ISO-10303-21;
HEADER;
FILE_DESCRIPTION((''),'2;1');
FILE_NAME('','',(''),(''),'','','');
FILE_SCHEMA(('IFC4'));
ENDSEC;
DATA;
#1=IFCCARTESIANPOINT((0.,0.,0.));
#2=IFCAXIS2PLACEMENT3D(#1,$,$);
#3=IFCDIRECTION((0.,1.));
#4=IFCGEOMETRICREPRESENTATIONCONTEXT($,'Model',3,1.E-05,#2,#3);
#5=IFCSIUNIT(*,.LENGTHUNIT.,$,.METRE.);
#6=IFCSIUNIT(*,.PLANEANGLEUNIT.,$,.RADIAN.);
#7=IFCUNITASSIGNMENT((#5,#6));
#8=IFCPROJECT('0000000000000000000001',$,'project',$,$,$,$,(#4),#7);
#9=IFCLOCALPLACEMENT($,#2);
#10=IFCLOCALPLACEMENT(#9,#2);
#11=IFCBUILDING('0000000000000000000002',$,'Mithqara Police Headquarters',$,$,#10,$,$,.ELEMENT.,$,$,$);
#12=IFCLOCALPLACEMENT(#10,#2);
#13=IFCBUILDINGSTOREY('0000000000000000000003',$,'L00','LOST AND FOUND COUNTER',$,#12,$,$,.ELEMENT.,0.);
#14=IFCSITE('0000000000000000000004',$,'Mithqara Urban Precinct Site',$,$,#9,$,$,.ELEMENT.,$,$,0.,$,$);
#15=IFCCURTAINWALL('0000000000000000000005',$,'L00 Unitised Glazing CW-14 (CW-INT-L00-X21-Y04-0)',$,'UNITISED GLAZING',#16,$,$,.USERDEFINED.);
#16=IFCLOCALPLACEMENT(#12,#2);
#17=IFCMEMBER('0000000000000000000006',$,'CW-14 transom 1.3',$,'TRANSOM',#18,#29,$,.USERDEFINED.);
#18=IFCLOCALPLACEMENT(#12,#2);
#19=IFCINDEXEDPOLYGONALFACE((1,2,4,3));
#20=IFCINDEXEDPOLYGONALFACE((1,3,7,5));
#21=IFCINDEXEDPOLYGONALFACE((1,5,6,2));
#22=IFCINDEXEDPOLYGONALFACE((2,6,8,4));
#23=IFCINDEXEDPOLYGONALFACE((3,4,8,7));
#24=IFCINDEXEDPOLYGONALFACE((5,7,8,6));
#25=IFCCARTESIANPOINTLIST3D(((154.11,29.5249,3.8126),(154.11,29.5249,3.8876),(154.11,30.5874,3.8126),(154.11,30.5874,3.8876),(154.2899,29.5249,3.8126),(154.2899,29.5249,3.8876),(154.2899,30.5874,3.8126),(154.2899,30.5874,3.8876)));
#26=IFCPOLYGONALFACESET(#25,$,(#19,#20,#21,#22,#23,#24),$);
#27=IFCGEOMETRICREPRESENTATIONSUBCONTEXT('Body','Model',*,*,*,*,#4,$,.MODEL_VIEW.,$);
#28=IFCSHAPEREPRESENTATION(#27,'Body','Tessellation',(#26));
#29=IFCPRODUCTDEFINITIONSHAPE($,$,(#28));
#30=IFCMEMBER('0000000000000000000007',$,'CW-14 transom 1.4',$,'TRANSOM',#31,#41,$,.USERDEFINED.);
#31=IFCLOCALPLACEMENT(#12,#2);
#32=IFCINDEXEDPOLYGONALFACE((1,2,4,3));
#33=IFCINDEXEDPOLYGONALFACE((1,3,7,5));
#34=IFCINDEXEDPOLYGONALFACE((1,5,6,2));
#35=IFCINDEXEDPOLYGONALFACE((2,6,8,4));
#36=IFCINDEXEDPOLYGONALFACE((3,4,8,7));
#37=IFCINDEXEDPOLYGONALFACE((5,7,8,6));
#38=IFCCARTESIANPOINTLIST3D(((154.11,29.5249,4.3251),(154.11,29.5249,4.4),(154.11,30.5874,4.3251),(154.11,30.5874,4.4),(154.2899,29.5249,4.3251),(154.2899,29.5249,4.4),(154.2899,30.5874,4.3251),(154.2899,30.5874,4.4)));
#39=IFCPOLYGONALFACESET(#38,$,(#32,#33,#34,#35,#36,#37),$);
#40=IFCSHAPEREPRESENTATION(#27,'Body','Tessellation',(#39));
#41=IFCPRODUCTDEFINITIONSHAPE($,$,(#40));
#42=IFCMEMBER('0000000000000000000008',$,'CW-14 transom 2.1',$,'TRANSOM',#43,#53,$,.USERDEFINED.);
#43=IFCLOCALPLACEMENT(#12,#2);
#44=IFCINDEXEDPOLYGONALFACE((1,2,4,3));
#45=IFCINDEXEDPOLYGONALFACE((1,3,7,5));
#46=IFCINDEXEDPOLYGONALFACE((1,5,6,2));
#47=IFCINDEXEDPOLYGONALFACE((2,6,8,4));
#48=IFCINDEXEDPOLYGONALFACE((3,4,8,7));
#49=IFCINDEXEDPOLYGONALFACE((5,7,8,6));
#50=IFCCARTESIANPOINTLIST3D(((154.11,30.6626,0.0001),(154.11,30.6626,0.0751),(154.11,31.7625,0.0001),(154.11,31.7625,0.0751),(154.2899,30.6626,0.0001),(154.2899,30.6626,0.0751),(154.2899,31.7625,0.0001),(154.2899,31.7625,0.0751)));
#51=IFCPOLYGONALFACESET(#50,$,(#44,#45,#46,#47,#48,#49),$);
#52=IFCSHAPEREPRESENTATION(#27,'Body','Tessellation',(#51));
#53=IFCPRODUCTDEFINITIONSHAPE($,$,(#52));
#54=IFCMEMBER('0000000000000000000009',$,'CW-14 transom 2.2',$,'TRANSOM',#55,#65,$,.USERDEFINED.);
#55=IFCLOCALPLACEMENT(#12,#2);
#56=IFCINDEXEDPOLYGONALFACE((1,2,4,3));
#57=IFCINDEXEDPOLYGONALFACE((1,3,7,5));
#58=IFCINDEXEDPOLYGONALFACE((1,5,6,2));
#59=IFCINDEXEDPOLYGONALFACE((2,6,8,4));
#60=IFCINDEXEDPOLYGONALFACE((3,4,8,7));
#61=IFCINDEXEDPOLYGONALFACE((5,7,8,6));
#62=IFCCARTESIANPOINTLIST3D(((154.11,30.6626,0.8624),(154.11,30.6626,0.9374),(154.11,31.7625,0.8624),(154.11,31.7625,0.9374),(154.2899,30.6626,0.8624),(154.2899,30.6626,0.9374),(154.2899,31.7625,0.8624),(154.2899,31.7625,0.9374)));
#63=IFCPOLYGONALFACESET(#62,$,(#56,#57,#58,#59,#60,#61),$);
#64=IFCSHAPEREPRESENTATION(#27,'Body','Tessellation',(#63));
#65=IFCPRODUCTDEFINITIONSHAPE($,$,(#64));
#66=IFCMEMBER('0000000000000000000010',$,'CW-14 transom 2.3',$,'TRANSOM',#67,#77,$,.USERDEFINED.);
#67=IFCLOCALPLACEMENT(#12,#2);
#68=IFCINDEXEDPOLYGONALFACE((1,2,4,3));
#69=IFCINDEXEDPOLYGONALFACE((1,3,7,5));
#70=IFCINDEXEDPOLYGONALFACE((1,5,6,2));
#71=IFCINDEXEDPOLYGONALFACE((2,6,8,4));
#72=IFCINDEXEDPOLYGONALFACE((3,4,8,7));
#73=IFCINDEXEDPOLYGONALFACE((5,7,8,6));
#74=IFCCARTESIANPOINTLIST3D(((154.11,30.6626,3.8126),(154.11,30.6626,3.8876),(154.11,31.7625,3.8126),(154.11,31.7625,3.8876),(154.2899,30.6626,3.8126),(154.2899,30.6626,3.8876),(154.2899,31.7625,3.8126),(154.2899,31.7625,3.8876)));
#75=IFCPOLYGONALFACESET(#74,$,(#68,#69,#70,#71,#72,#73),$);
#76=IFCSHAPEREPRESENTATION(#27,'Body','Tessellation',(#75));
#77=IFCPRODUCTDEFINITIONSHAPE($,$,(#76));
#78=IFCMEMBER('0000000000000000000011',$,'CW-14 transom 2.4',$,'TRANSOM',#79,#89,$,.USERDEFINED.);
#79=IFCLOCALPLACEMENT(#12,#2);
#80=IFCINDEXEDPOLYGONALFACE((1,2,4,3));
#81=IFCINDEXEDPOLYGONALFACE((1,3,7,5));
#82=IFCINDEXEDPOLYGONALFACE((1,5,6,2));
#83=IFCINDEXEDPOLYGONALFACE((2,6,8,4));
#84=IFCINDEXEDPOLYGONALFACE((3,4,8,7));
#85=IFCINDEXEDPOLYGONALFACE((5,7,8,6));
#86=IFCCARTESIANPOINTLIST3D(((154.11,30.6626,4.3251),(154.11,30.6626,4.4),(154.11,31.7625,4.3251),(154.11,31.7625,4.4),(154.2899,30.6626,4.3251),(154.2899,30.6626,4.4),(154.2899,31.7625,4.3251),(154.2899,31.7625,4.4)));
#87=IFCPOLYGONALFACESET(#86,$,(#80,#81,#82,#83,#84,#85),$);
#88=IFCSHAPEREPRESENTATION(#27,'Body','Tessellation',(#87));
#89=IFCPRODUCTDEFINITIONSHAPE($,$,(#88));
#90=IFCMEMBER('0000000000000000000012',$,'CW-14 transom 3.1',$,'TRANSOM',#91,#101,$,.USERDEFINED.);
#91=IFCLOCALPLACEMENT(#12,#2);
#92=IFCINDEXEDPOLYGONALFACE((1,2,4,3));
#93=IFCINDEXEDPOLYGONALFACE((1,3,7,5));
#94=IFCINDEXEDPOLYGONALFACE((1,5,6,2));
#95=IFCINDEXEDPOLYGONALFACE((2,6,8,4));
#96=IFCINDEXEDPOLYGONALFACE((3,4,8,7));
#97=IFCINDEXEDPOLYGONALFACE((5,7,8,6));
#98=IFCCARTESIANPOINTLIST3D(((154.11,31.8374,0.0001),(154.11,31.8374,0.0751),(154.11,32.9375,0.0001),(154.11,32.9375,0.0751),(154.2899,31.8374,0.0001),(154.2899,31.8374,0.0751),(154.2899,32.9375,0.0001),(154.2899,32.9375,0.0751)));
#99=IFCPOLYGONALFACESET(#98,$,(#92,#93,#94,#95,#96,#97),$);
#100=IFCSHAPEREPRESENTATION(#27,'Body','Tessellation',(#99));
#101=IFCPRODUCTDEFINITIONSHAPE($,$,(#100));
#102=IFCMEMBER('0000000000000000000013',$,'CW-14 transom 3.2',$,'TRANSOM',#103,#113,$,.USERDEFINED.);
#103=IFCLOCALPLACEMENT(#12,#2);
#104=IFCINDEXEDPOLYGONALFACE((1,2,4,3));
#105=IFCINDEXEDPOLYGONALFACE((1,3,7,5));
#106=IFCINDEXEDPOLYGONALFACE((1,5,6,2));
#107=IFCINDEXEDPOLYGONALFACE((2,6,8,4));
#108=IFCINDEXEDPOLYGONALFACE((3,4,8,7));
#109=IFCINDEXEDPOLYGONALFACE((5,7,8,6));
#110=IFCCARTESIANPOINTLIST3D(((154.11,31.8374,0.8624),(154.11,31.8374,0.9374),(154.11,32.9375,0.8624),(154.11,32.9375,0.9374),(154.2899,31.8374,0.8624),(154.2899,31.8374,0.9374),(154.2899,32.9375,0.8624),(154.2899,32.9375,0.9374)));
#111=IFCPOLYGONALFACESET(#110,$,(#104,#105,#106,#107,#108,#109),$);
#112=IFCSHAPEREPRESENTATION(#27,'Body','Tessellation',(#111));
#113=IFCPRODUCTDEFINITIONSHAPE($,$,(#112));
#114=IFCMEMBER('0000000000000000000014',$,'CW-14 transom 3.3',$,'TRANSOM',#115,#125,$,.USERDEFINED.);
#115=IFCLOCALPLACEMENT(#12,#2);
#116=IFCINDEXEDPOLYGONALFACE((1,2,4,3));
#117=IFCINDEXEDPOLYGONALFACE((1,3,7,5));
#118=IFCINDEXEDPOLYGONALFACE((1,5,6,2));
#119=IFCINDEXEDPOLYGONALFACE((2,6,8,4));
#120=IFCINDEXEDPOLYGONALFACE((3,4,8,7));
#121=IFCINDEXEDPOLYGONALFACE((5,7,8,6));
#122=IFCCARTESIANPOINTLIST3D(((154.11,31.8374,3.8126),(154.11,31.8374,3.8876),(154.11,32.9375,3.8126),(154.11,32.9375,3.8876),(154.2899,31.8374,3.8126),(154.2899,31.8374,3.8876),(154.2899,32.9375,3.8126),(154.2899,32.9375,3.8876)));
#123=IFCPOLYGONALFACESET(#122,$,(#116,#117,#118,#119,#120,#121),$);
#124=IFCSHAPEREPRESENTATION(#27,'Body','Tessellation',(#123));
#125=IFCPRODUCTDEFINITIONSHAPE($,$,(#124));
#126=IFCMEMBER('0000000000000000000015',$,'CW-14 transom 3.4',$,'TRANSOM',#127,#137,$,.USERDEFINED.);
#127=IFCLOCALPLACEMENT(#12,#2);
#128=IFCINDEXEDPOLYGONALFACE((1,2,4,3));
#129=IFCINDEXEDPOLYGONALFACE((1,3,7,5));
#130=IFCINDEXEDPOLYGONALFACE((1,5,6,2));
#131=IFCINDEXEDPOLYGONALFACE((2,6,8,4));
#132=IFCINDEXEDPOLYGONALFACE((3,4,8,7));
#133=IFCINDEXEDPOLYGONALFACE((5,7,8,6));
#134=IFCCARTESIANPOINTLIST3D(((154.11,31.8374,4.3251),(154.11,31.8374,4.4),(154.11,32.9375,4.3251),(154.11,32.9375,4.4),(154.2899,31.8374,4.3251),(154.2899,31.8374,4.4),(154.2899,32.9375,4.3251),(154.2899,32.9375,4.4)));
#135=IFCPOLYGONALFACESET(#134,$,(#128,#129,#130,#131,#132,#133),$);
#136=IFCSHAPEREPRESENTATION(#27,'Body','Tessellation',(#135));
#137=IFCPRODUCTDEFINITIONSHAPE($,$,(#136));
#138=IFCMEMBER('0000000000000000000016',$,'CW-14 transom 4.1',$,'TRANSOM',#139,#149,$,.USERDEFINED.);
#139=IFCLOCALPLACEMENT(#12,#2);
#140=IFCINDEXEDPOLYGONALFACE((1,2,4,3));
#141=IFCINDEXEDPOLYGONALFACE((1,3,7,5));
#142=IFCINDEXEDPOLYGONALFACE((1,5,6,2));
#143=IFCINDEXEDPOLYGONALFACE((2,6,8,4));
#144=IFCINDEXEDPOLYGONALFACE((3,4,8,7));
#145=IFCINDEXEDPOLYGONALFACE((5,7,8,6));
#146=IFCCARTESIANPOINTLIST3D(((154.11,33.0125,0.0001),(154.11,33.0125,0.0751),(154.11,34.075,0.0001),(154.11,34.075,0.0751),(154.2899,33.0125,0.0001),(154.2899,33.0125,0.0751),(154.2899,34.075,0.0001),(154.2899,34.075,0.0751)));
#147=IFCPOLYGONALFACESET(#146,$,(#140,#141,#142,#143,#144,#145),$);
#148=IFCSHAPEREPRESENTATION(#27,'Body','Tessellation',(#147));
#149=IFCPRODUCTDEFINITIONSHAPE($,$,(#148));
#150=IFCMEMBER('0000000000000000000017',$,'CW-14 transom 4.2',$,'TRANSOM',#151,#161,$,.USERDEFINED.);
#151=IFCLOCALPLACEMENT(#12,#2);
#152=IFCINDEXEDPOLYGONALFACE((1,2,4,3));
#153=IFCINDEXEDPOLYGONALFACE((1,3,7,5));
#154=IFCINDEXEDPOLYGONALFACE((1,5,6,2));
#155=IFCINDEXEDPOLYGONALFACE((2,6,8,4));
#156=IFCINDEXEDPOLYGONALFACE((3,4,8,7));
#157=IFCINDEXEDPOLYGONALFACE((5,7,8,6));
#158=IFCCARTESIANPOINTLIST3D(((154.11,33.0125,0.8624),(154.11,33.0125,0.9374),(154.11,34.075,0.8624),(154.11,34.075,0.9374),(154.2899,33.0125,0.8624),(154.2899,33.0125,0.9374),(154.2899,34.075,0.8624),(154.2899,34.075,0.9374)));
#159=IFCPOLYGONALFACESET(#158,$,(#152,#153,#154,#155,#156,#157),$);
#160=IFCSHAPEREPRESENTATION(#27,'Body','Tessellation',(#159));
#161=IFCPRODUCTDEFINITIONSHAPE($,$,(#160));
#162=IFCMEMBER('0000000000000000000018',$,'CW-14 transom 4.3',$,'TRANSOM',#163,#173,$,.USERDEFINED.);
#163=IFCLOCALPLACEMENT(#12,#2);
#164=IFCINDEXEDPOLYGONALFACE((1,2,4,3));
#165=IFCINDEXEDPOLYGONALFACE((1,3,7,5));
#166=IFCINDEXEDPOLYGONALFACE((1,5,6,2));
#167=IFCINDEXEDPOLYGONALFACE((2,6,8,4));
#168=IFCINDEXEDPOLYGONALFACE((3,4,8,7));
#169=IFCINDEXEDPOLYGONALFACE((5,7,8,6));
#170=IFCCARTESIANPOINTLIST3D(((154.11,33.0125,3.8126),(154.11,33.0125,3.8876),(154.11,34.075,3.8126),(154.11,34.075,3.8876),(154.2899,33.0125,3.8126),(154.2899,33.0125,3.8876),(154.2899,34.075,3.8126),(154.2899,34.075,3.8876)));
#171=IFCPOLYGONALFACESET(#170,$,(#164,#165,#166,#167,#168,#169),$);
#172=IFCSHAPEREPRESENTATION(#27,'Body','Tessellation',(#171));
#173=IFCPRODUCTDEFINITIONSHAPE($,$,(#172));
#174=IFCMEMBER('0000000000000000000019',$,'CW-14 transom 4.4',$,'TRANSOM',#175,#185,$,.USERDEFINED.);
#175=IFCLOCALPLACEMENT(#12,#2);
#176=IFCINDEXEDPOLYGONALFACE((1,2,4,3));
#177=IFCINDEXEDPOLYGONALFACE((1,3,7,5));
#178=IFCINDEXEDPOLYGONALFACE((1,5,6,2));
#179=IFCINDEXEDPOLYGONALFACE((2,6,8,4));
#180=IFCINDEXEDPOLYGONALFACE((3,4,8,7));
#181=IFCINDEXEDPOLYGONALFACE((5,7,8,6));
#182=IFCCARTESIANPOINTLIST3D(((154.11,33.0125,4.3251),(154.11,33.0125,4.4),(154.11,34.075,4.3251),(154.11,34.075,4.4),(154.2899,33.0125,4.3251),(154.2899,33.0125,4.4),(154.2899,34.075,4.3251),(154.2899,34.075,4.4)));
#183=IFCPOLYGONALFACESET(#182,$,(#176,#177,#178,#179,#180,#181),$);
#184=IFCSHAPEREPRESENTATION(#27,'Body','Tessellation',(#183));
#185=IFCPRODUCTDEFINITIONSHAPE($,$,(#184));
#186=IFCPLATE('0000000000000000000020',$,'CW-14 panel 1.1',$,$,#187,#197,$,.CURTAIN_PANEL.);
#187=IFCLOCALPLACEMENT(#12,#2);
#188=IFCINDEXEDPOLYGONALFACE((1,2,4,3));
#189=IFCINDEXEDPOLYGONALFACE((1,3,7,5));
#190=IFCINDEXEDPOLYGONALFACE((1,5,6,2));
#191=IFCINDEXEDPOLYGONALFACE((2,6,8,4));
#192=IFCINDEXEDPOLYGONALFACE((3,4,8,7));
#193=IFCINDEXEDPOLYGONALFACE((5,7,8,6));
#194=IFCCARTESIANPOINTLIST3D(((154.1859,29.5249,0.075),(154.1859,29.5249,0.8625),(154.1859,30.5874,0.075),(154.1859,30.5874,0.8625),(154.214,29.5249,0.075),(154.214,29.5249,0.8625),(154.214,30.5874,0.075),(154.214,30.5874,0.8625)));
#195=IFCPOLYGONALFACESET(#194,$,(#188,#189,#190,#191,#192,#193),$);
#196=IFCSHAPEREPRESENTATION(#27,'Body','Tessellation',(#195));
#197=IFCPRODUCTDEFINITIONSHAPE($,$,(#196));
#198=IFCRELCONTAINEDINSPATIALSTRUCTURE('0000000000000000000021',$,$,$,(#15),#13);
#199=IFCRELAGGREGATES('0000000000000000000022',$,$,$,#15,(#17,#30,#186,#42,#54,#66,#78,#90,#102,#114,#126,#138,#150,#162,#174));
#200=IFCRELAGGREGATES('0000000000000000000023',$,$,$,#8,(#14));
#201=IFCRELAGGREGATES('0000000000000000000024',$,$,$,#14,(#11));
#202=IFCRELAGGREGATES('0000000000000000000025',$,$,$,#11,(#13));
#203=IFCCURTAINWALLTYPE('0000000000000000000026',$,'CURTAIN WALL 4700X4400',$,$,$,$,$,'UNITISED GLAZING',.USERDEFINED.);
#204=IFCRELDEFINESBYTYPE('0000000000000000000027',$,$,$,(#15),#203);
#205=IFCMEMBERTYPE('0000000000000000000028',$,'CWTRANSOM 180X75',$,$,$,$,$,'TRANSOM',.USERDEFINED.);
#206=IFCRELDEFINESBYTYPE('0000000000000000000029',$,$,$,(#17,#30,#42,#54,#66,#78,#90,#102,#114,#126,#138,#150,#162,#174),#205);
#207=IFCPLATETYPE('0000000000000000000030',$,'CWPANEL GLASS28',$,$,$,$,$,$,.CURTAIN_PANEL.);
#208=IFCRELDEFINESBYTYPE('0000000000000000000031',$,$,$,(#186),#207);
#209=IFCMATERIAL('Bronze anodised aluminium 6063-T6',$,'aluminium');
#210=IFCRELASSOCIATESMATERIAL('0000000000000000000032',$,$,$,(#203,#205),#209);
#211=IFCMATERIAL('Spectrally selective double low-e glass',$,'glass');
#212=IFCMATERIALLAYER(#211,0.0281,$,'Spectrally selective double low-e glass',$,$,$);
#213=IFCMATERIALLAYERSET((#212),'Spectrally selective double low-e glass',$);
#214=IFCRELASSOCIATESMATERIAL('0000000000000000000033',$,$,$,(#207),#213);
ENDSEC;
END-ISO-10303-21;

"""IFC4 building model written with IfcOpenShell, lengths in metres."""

from ifc_helpers import new_model, si_unit, direction, frame, origin, origin_2d, place, context, subcontext, project, spatial, rectangle, extrude, material, layer, layer_set, material_profile, profile_set, type_object, element, aggregate, save


model = new_model("IFC4")

# Units and contexts
model_context = context("Model", 3, precision=1e-05, world=origin(), true_north=direction((0.0, 1.0)))
body_context = subcontext(model_context, "Body", "Model", "MODEL_VIEW")
ifc_project = project(units=[si_unit("LENGTHUNIT", "METRE"), si_unit("PLANEANGLEUNIT", "RADIAN")], contexts=[model_context])

# Site, building, storey
site_placement = place(None, origin())
site = spatial("IfcSite", under=ifc_project, at=site_placement, Name="Mithqara Urban Precinct Site", CompositionType="ELEMENT", RefElevation=0.0)
building_placement = place(site_placement, origin())
building = spatial("IfcBuilding", under=site, at=building_placement, Name="Mithqara Police Headquarters", CompositionType="ELEMENT")
storey_placement = place(building_placement, origin())
storey = spatial("IfcBuildingStorey", under=building, at=storey_placement, Name="L00", Description="LOST AND FOUND COUNTER", CompositionType="ELEMENT", Elevation=0.0)

# Curtain wall, members, plate
ifc_material_1 = material(Name="Bronze anodised aluminium 6063-T6", Category="aluminium")
curtain_wall_type = type_object("IfcCurtainWallType", Name="CURTAIN WALL 4700X4400", ElementType="UNITISED GLAZING", PredefinedType="USERDEFINED", material=ifc_material_1)
curtain_wall_placement = place(storey_placement, origin())
curtain_wall = element("IfcCurtainWall", 1, at=curtain_wall_placement, inside=storey, type_object=curtain_wall_type, Name="L00 Unitised Glazing CW-14 (CW-INT-L00-X21-Y04-0)", ObjectType="UNITISED GLAZING", PredefinedType="USERDEFINED")
ifc_material_profile_1 = material_profile(ifc_material_1, rectangle(XDim=0.1799, YDim=0.075, at=origin_2d()), Name="CWT 180x75")
ifc_profile_set_1 = profile_set([ifc_material_profile_1], Name="Bronze anodised aluminium 6063-T6")
member_type_1 = type_object("IfcMemberType", Name="CWTRANSOM 180X75", ElementType="TRANSOM", PredefinedType="USERDEFINED", material=ifc_profile_set_1)
member_1_placement = place(storey_placement, frame((154.2, 29.5249, 3.8501), z_axis=(0.0, 1.0, 0.0), x_axis=(-1.0, 0.0, 0.0)))
member_1 = element("IfcMember", 2, at=member_1_placement, type_object=member_type_1, Name="CW-14 transom 1.3", ObjectType="TRANSOM", PredefinedType="USERDEFINED", context=body_context, shape_type="SweptSolid", body=[
    extrude(rectangle(XDim=0.1799, YDim=0.075, at=origin_2d()), origin(), (0.0, 0.0, 1.0), 1.0625),
])
member_2_placement = place(storey_placement, frame((154.2, 29.5249, 4.3625), z_axis=(0.0, 1.0, 0.0), x_axis=(-1.0, 0.0, 0.0)))
member_2 = element("IfcMember", 3, at=member_2_placement, type_object=member_type_1, Name="CW-14 transom 1.4", ObjectType="TRANSOM", PredefinedType="USERDEFINED", context=body_context, shape_type="SweptSolid", body=[
    extrude(rectangle(XDim=0.1799, YDim=0.075, at=origin_2d()), origin(), (0.0, 0.0, 1.0), 1.0625),
])
member_3_placement = place(storey_placement, frame((154.2, 30.6626, 0.0376), z_axis=(0.0, 1.0, 0.0), x_axis=(-1.0, 0.0, 0.0)))
member_3 = element("IfcMember", 4, at=member_3_placement, type_object=member_type_1, Name="CW-14 transom 2.1", ObjectType="TRANSOM", PredefinedType="USERDEFINED", context=body_context, shape_type="SweptSolid", body=[
    extrude(rectangle(XDim=0.1799, YDim=0.075, at=origin_2d()), origin(), (0.0, 0.0, 1.0), 1.0999),
])
member_4_placement = place(storey_placement, frame((154.2, 30.6626, 0.8999), z_axis=(0.0, 1.0, 0.0), x_axis=(-1.0, 0.0, 0.0)))
member_4 = element("IfcMember", 5, at=member_4_placement, type_object=member_type_1, Name="CW-14 transom 2.2", ObjectType="TRANSOM", PredefinedType="USERDEFINED", context=body_context, shape_type="SweptSolid", body=[
    extrude(rectangle(XDim=0.1799, YDim=0.075, at=origin_2d()), origin(), (0.0, 0.0, 1.0), 1.0999),
])
member_5_placement = place(storey_placement, frame((154.2, 30.6626, 3.8501), z_axis=(0.0, 1.0, 0.0), x_axis=(-1.0, 0.0, 0.0)))
member_5 = element("IfcMember", 6, at=member_5_placement, type_object=member_type_1, Name="CW-14 transom 2.3", ObjectType="TRANSOM", PredefinedType="USERDEFINED", context=body_context, shape_type="SweptSolid", body=[
    extrude(rectangle(XDim=0.1799, YDim=0.075, at=origin_2d()), origin(), (0.0, 0.0, 1.0), 1.0999),
])
member_6_placement = place(storey_placement, frame((154.2, 30.6626, 4.3625), z_axis=(0.0, 1.0, 0.0), x_axis=(-1.0, 0.0, 0.0)))
member_6 = element("IfcMember", 7, at=member_6_placement, type_object=member_type_1, Name="CW-14 transom 2.4", ObjectType="TRANSOM", PredefinedType="USERDEFINED", context=body_context, shape_type="SweptSolid", body=[
    extrude(rectangle(XDim=0.1799, YDim=0.075, at=origin_2d()), origin(), (0.0, 0.0, 1.0), 1.0999),
])
member_7_placement = place(storey_placement, frame((154.2, 31.8374, 0.0376), z_axis=(0.0, 1.0, 0.0), x_axis=(-1.0, 0.0, 0.0)))
member_7 = element("IfcMember", 8, at=member_7_placement, type_object=member_type_1, Name="CW-14 transom 3.1", ObjectType="TRANSOM", PredefinedType="USERDEFINED", context=body_context, shape_type="SweptSolid", body=[
    extrude(rectangle(XDim=0.1799, YDim=0.075, at=origin_2d()), origin(), (0.0, 0.0, 1.0), 1.1001),
])
member_8_placement = place(storey_placement, frame((154.2, 31.8374, 0.8999), z_axis=(0.0, 1.0, 0.0), x_axis=(-1.0, 0.0, 0.0)))
member_8 = element("IfcMember", 9, at=member_8_placement, type_object=member_type_1, Name="CW-14 transom 3.2", ObjectType="TRANSOM", PredefinedType="USERDEFINED", context=body_context, shape_type="SweptSolid", body=[
    extrude(rectangle(XDim=0.1799, YDim=0.075, at=origin_2d()), origin(), (0.0, 0.0, 1.0), 1.1001),
])
member_9_placement = place(storey_placement, frame((154.2, 31.8374, 3.8501), z_axis=(0.0, 1.0, 0.0), x_axis=(-1.0, 0.0, 0.0)))
member_9 = element("IfcMember", 10, at=member_9_placement, type_object=member_type_1, Name="CW-14 transom 3.3", ObjectType="TRANSOM", PredefinedType="USERDEFINED", context=body_context, shape_type="SweptSolid", body=[
    extrude(rectangle(XDim=0.1799, YDim=0.075, at=origin_2d()), origin(), (0.0, 0.0, 1.0), 1.1001),
])
member_10_placement = place(storey_placement, frame((154.2, 31.8374, 4.3625), z_axis=(0.0, 1.0, 0.0), x_axis=(-1.0, 0.0, 0.0)))
member_10 = element("IfcMember", 11, at=member_10_placement, type_object=member_type_1, Name="CW-14 transom 3.4", ObjectType="TRANSOM", PredefinedType="USERDEFINED", context=body_context, shape_type="SweptSolid", body=[
    extrude(rectangle(XDim=0.1799, YDim=0.075, at=origin_2d()), origin(), (0.0, 0.0, 1.0), 1.1001),
])
member_11_placement = place(storey_placement, frame((154.2, 33.0125, 0.0376), z_axis=(0.0, 1.0, 0.0), x_axis=(-1.0, 0.0, 0.0)))
member_11 = element("IfcMember", 12, at=member_11_placement, type_object=member_type_1, Name="CW-14 transom 4.1", ObjectType="TRANSOM", PredefinedType="USERDEFINED", context=body_context, shape_type="SweptSolid", body=[
    extrude(rectangle(XDim=0.1799, YDim=0.075, at=origin_2d()), origin(), (0.0, 0.0, 1.0), 1.0625),
])
member_12_placement = place(storey_placement, frame((154.2, 33.0125, 0.8999), z_axis=(0.0, 1.0, 0.0), x_axis=(-1.0, 0.0, 0.0)))
member_12 = element("IfcMember", 13, at=member_12_placement, type_object=member_type_1, Name="CW-14 transom 4.2", ObjectType="TRANSOM", PredefinedType="USERDEFINED", context=body_context, shape_type="SweptSolid", body=[
    extrude(rectangle(XDim=0.1799, YDim=0.075, at=origin_2d()), origin(), (0.0, 0.0, 1.0), 1.0625),
])
member_13_placement = place(storey_placement, frame((154.2, 33.0125, 3.8501), z_axis=(0.0, 1.0, 0.0), x_axis=(-1.0, 0.0, 0.0)))
member_13 = element("IfcMember", 14, at=member_13_placement, type_object=member_type_1, Name="CW-14 transom 4.3", ObjectType="TRANSOM", PredefinedType="USERDEFINED", context=body_context, shape_type="SweptSolid", body=[
    extrude(rectangle(XDim=0.1799, YDim=0.075, at=origin_2d()), origin(), (0.0, 0.0, 1.0), 1.0625),
])
member_14_placement = place(storey_placement, frame((154.2, 33.0125, 4.3625), z_axis=(0.0, 1.0, 0.0), x_axis=(-1.0, 0.0, 0.0)))
member_14 = element("IfcMember", 15, at=member_14_placement, type_object=member_type_1, Name="CW-14 transom 4.4", ObjectType="TRANSOM", PredefinedType="USERDEFINED", context=body_context, shape_type="SweptSolid", body=[
    extrude(rectangle(XDim=0.1799, YDim=0.075, at=origin_2d()), origin(), (0.0, 0.0, 1.0), 1.0625),
])
ifc_material_2 = material(Name="Spectrally selective double low-e glass", Category="glass")
ifc_layer_1 = layer(ifc_material_2, 0.0281, Name="Spectrally selective double low-e glass")
ifc_layer_set_1 = layer_set([ifc_layer_1], Name="Spectrally selective double low-e glass")
plate_type = type_object("IfcPlateType", Name="CWPANEL GLASS28", PredefinedType="CURTAIN_PANEL", material=ifc_layer_set_1)
plate_1_placement = place(storey_placement, frame((154.2, 30.0562, 0.075), z_axis=(0.0, 0.0, 1.0), x_axis=(0.0, 1.0, 0.0)))
plate_1 = element("IfcPlate", 16, at=plate_1_placement, type_object=plate_type, Name="CW-14 panel 1.1", PredefinedType="CURTAIN_PANEL", context=body_context, shape_type="SweptSolid", body=[
    extrude(rectangle(XDim=1.0625, YDim=0.0281, at=origin_2d()), origin(), (0.0, 0.0, 1.0), 0.7876),
])
aggregate(curtain_wall, [member_1, member_2, plate_1, member_3, member_4, member_5, member_6, member_7, member_8, member_9, member_10, member_11, member_12, member_13, member_14])

save(model, "model.ifc")
